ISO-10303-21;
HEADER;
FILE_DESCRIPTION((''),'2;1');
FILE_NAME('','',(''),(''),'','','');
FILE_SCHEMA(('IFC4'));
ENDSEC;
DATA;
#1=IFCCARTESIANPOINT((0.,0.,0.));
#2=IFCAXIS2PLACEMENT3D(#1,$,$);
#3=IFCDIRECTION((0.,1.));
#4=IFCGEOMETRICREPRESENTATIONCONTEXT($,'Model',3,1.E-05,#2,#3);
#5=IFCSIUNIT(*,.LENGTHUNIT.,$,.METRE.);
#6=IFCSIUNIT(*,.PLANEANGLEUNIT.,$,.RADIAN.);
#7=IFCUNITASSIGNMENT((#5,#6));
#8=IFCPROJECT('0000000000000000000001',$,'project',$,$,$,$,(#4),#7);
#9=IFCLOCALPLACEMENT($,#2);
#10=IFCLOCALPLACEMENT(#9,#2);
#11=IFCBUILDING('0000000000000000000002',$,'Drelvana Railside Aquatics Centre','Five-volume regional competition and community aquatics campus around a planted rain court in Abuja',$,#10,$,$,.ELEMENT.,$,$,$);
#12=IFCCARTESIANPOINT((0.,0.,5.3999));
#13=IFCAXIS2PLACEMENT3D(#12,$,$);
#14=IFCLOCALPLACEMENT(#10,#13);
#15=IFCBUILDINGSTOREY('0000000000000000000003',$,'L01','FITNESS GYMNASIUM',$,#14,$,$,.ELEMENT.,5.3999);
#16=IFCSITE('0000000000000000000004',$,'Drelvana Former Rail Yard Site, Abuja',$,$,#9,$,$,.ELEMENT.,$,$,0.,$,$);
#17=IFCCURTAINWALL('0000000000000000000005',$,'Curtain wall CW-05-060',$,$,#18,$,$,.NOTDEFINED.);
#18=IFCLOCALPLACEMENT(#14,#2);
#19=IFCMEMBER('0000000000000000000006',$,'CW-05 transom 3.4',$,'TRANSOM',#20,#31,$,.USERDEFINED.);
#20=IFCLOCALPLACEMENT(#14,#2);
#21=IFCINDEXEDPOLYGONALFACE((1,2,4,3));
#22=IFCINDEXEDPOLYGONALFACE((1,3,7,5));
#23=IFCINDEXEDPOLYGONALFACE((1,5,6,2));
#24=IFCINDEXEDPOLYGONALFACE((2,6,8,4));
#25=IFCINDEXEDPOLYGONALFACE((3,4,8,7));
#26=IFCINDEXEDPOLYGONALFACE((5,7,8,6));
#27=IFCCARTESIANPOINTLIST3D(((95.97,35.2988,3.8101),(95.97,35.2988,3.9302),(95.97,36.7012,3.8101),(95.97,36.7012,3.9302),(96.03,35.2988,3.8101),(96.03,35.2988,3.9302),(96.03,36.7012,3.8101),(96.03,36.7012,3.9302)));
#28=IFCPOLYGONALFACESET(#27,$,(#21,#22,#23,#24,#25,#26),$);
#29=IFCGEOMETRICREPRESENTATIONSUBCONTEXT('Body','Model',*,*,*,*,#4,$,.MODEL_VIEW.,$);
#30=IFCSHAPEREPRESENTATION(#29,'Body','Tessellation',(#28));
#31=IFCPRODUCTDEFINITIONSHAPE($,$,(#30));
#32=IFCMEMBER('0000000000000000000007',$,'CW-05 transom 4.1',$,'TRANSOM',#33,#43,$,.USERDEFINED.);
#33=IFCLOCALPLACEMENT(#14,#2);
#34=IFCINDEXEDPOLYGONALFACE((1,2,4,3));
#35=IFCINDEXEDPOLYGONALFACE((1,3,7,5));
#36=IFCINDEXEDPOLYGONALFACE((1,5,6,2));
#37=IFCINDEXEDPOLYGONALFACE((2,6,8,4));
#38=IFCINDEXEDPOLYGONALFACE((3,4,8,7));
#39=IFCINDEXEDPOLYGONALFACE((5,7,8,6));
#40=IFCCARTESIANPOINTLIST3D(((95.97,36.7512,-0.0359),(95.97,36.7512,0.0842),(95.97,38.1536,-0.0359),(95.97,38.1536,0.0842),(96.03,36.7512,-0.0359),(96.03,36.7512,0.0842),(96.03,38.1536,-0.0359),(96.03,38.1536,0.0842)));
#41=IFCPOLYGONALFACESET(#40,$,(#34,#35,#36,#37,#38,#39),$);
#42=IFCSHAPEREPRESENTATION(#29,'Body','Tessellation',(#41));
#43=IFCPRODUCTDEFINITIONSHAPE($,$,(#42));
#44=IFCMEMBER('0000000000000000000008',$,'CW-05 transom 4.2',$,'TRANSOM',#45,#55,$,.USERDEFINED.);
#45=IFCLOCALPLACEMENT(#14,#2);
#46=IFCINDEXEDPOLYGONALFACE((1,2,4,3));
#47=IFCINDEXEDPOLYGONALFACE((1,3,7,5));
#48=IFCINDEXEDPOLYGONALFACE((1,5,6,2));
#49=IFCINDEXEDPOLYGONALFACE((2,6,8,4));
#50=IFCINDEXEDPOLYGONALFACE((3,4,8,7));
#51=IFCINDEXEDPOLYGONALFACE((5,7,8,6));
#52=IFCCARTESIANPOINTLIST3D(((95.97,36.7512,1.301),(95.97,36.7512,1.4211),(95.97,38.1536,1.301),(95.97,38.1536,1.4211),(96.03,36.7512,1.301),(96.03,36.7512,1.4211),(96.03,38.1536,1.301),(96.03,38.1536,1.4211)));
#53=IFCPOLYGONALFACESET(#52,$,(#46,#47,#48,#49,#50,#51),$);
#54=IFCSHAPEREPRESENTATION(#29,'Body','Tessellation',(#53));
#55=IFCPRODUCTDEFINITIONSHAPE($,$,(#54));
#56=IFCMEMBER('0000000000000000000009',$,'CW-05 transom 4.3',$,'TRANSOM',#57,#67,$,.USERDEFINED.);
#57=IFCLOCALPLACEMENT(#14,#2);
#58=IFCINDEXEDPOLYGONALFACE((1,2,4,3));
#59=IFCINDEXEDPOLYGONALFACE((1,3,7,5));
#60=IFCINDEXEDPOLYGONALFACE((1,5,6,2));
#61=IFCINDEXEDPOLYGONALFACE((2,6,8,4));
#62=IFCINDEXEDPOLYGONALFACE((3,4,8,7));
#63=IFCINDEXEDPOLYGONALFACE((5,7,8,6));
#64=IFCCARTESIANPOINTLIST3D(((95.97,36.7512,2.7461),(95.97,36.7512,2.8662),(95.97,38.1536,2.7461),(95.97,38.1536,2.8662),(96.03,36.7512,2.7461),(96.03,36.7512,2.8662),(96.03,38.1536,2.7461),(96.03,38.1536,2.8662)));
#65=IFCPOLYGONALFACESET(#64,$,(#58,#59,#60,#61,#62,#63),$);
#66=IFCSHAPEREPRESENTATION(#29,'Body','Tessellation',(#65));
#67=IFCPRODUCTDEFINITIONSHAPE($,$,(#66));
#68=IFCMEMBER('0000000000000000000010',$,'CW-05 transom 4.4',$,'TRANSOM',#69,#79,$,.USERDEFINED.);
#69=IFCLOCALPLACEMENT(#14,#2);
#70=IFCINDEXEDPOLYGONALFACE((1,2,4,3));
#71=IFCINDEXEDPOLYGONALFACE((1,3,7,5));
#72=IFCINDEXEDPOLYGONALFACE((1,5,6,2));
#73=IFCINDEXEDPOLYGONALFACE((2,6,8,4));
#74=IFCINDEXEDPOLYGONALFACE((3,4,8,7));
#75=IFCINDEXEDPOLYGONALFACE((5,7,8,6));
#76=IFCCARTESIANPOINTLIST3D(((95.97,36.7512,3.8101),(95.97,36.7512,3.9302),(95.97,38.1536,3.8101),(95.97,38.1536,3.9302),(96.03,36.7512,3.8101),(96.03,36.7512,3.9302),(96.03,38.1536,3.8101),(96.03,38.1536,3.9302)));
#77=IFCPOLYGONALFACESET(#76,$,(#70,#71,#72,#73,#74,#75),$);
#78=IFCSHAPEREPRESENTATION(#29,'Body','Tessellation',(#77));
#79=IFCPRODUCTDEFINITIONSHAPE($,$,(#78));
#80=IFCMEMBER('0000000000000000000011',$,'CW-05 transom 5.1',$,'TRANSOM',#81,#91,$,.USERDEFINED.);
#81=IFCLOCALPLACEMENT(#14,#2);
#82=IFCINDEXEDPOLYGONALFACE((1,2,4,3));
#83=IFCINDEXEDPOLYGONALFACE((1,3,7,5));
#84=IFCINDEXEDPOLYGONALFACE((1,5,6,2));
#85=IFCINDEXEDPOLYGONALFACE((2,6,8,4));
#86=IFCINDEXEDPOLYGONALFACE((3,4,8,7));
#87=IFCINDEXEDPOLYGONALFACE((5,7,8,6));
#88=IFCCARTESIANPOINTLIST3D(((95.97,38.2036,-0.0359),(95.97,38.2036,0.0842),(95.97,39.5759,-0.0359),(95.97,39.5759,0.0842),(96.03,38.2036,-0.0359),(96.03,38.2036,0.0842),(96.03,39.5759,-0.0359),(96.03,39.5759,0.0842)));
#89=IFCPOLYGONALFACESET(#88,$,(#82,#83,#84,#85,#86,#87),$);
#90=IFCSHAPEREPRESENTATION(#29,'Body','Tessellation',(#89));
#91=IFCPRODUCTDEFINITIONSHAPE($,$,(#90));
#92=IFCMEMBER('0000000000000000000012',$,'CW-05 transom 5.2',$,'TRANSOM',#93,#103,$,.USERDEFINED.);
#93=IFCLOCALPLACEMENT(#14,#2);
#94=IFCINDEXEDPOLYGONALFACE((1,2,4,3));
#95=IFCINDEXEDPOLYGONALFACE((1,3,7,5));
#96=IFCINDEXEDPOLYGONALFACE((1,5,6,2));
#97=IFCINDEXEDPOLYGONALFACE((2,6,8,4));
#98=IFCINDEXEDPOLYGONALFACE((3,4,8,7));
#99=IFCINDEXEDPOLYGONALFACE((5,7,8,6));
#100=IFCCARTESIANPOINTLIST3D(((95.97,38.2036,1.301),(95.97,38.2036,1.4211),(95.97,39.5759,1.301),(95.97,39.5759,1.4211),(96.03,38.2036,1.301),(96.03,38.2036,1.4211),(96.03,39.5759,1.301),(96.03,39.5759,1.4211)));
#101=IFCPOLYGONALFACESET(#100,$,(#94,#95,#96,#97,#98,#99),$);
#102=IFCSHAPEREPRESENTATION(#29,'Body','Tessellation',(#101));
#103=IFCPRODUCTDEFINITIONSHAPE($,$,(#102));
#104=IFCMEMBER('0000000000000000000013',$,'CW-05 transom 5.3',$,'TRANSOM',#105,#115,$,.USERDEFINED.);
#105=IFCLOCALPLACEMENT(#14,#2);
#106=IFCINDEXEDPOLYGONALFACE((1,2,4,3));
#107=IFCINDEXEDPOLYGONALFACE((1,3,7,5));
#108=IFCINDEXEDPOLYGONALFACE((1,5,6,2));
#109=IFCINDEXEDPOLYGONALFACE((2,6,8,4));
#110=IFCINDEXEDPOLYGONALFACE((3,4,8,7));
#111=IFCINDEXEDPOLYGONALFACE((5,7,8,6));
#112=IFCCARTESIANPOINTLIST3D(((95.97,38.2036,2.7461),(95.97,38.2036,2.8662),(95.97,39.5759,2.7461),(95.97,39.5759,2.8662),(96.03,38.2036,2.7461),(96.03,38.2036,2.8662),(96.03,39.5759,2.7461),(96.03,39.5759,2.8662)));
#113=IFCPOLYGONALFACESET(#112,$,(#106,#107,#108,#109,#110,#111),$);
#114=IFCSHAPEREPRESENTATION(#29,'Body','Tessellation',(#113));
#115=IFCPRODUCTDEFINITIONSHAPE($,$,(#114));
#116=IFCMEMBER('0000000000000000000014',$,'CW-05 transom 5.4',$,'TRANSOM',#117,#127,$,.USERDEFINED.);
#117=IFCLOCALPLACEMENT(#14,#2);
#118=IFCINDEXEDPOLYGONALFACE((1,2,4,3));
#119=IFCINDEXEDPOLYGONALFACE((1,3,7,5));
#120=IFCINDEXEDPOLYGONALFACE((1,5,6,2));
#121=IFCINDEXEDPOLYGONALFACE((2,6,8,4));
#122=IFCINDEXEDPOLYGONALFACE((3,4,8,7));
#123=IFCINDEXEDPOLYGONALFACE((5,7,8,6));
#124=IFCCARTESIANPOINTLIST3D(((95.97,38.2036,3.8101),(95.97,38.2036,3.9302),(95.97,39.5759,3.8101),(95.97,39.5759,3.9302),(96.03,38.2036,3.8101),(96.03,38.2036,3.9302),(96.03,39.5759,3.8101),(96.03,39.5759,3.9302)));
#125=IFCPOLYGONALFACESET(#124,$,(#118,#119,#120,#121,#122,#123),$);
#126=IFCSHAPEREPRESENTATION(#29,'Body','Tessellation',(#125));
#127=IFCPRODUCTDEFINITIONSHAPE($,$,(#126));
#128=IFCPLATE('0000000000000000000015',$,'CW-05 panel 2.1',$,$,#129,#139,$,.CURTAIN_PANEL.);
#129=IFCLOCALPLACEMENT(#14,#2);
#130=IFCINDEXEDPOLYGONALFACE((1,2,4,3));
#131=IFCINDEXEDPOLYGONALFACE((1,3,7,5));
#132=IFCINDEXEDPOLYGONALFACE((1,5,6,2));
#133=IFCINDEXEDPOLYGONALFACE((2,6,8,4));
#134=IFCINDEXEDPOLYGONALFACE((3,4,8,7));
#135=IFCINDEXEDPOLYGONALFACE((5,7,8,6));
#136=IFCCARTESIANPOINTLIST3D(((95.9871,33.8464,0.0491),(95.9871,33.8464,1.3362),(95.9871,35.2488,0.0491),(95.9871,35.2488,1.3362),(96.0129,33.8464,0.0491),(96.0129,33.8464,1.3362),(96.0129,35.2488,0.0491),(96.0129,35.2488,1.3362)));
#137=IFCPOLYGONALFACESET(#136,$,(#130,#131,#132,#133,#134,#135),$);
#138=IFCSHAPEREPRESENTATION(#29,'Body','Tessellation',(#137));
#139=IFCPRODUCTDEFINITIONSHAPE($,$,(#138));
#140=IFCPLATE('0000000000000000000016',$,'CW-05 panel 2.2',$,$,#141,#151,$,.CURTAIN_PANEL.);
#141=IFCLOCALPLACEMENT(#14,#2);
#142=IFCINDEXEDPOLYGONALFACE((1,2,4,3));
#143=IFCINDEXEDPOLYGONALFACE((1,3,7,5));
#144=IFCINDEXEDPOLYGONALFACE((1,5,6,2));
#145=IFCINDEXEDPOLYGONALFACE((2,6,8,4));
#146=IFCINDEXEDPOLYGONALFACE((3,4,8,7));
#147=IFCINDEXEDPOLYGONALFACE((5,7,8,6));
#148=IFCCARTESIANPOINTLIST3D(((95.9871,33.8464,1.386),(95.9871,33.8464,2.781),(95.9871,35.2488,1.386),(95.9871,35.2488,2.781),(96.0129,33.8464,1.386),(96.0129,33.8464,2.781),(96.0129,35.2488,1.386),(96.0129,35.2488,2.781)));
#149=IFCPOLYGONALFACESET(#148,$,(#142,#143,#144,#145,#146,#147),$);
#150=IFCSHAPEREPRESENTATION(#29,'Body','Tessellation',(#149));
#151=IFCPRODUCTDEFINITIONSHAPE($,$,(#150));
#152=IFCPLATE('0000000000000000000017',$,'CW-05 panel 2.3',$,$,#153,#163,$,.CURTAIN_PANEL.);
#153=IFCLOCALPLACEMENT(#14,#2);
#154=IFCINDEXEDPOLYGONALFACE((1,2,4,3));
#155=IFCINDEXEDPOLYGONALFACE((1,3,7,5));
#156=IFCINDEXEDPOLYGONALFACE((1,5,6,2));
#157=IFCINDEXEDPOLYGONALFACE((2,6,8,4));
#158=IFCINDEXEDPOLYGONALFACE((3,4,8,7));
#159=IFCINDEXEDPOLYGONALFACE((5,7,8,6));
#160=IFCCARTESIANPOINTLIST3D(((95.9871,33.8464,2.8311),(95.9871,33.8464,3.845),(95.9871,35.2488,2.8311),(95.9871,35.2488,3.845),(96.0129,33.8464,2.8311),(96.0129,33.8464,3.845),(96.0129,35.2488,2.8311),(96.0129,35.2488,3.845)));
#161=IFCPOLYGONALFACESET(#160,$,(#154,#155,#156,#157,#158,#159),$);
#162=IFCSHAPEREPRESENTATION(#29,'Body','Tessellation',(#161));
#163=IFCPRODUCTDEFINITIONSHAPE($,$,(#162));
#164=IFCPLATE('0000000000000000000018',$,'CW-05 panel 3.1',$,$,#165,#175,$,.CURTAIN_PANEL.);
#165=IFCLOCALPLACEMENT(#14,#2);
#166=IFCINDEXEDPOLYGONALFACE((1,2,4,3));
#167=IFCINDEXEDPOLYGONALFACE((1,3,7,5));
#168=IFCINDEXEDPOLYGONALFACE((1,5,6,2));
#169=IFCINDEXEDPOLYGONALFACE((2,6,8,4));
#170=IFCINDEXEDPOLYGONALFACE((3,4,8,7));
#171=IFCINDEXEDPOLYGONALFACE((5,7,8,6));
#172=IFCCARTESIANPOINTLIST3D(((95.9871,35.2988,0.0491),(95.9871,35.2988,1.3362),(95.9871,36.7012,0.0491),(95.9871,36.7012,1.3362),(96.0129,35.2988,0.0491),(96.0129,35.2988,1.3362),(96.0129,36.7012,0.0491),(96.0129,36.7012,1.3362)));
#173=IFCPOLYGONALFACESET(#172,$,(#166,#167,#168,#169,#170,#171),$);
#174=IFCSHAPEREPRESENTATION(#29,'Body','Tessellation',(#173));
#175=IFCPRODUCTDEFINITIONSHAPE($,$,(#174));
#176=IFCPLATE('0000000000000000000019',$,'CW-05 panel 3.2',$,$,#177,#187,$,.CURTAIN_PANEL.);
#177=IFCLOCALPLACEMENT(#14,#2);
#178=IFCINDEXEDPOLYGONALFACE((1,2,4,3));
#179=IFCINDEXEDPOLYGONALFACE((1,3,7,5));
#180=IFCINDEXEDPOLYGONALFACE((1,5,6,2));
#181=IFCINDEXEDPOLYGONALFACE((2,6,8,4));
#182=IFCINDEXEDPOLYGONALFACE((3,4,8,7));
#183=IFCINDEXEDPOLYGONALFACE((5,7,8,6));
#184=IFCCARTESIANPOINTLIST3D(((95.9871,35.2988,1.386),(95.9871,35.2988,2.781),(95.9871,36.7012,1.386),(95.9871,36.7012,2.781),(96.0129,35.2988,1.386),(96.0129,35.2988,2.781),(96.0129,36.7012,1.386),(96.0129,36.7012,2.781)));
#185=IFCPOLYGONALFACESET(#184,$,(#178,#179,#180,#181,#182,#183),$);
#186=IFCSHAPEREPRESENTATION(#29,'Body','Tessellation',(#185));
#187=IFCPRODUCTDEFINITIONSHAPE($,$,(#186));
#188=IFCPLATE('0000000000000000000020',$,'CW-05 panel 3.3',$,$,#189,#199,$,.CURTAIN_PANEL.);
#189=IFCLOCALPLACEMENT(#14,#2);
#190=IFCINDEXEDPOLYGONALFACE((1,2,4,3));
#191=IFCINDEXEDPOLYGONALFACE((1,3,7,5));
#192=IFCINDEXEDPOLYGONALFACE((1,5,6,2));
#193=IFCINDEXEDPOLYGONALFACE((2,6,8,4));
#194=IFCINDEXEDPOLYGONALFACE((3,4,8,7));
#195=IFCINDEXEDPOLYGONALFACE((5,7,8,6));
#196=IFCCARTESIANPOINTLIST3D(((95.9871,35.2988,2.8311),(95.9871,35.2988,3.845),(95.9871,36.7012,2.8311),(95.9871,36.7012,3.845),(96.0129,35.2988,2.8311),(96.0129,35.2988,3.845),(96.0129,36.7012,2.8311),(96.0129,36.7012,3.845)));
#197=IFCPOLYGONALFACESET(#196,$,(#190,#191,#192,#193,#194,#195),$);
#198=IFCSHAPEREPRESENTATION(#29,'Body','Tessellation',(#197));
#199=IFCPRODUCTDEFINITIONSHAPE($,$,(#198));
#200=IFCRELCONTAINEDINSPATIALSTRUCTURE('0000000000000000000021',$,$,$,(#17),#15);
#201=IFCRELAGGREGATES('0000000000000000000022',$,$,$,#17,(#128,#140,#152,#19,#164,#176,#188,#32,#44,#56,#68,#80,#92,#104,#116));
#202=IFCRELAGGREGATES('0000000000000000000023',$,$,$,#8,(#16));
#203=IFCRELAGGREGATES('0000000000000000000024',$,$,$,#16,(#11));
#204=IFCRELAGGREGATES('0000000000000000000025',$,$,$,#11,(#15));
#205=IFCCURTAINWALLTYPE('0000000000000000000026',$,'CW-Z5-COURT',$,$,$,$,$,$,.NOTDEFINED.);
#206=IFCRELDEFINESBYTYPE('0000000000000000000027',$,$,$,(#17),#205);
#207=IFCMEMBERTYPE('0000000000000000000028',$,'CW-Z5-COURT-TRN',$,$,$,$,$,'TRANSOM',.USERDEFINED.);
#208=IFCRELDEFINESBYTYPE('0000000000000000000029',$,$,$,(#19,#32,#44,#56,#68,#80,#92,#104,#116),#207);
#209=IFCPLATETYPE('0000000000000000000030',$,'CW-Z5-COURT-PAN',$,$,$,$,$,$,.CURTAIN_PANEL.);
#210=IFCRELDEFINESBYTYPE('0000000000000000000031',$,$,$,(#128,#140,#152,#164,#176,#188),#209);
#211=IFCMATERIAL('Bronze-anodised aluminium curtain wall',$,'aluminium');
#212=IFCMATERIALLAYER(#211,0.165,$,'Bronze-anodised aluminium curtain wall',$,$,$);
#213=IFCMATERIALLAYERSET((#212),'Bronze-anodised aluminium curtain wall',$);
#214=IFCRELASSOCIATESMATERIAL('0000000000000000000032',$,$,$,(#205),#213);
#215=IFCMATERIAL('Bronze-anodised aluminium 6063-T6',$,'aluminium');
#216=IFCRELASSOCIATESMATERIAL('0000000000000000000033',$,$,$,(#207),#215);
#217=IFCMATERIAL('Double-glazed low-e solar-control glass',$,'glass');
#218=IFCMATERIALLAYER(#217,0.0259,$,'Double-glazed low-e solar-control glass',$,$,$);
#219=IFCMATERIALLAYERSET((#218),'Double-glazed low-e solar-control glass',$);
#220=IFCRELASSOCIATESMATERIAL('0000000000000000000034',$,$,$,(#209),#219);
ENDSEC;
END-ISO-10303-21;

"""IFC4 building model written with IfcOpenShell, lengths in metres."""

from ifc_helpers import new_model, si_unit, direction, frame, origin, origin_2d, place, context, subcontext, project, spatial, rectangle, extrude, material, layer, layer_set, material_profile, profile_set, type_object, element, aggregate, save


model = new_model("IFC4")

# Units and contexts
model_context = context("Model", 3, precision=1e-05, world=origin(), true_north=direction((0.0, 1.0)))
body_context = subcontext(model_context, "Body", "Model", "MODEL_VIEW")
ifc_project = project(units=[si_unit("LENGTHUNIT", "METRE"), si_unit("PLANEANGLEUNIT", "RADIAN")], contexts=[model_context])

# Site, building, storey
site_placement = place(None, origin())
site = spatial("IfcSite", under=ifc_project, at=site_placement, Name="Drelvana Former Rail Yard Site, Abuja", CompositionType="ELEMENT", RefElevation=0.0)
building_placement = place(site_placement, origin())
building = spatial("IfcBuilding", under=site, at=building_placement, Name="Drelvana Railside Aquatics Centre", Description="Five-volume regional competition and community aquatics campus around a planted rain court in Abuja", CompositionType="ELEMENT")
storey_placement = place(building_placement, frame((0.0, 0.0, 5.3999)))
storey = spatial("IfcBuildingStorey", under=building, at=storey_placement, Name="L01", Description="FITNESS GYMNASIUM", CompositionType="ELEMENT", Elevation=5.3999)

# Curtain wall
ifc_material_1 = material(Name="Bronze-anodised aluminium curtain wall", Category="aluminium")
ifc_layer_1 = layer(ifc_material_1, 0.165, Name="Bronze-anodised aluminium curtain wall")
ifc_layer_set_1 = layer_set([ifc_layer_1], Name="Bronze-anodised aluminium curtain wall")
curtain_wall_type = type_object("IfcCurtainWallType", Name="CW-Z5-COURT", PredefinedType="NOTDEFINED", material=ifc_layer_set_1)
curtain_wall_1_placement = place(storey_placement, origin())
curtain_wall_1 = element("IfcCurtainWall", 1, at=curtain_wall_1_placement, inside=storey, type_object=curtain_wall_type, Name="Curtain wall CW-05-060", PredefinedType="NOTDEFINED")
ifc_material_2 = material(Name="Bronze-anodised aluminium 6063-T6", Category="aluminium")

# Members
ifc_material_profile_1 = material_profile(ifc_material_2, rectangle(XDim=0.1201, YDim=0.0601, at=origin_2d()), Name="ALU-T 60x120")
ifc_profile_set_1 = profile_set([ifc_material_profile_1], Name="Bronze-anodised aluminium 6063-T6")
member_type_1 = type_object("IfcMemberType", Name="CW-Z5-COURT-TRN", ElementType="TRANSOM", PredefinedType="USERDEFINED", material=ifc_profile_set_1)
member_1_placement = place(storey_placement, frame((96.0, 35.2988, 3.8701), z_axis=(0.0, 1.0, 0.0), x_axis=(0.0, 0.0, 1.0)))
member_1 = element("IfcMember", 2, at=member_1_placement, type_object=member_type_1, Name="CW-05 transom 3.4", ObjectType="TRANSOM", PredefinedType="USERDEFINED", context=body_context, shape_type="SweptSolid", body=[
    extrude(rectangle(XDim=0.1201, YDim=0.0601, at=origin_2d()), origin(), (0.0, 0.0, 1.0), 1.4023),
])
member_2_placement = place(storey_placement, frame((96.0, 36.7512, 0.0242), z_axis=(0.0, 1.0, 0.0), x_axis=(0.0, 0.0, 1.0)))
member_2 = element("IfcMember", 3, at=member_2_placement, type_object=member_type_1, Name="CW-05 transom 4.1", ObjectType="TRANSOM", PredefinedType="USERDEFINED", context=body_context, shape_type="SweptSolid", body=[
    extrude(rectangle(XDim=0.1201, YDim=0.0601, at=origin_2d()), origin(), (0.0, 0.0, 1.0), 1.4023),
])
member_3_placement = place(storey_placement, frame((96.0, 36.7512, 1.3611), z_axis=(0.0, 1.0, 0.0), x_axis=(0.0, 0.0, 1.0)))
member_3 = element("IfcMember", 4, at=member_3_placement, type_object=member_type_1, Name="CW-05 transom 4.2", ObjectType="TRANSOM", PredefinedType="USERDEFINED", context=body_context, shape_type="SweptSolid", body=[
    extrude(rectangle(XDim=0.1201, YDim=0.0601, at=origin_2d()), origin(), (0.0, 0.0, 1.0), 1.4023),
])
member_4_placement = place(storey_placement, frame((96.0, 36.7512, 2.8062), z_axis=(0.0, 1.0, 0.0), x_axis=(0.0, 0.0, 1.0)))
member_4 = element("IfcMember", 5, at=member_4_placement, type_object=member_type_1, Name="CW-05 transom 4.3", ObjectType="TRANSOM", PredefinedType="USERDEFINED", context=body_context, shape_type="SweptSolid", body=[
    extrude(rectangle(XDim=0.1201, YDim=0.0601, at=origin_2d()), origin(), (0.0, 0.0, 1.0), 1.4023),
])
member_5_placement = place(storey_placement, frame((96.0, 36.7512, 3.8701), z_axis=(0.0, 1.0, 0.0), x_axis=(0.0, 0.0, 1.0)))
member_5 = element("IfcMember", 6, at=member_5_placement, type_object=member_type_1, Name="CW-05 transom 4.4", ObjectType="TRANSOM", PredefinedType="USERDEFINED", context=body_context, shape_type="SweptSolid", body=[
    extrude(rectangle(XDim=0.1201, YDim=0.0601, at=origin_2d()), origin(), (0.0, 0.0, 1.0), 1.4023),
])
member_6_placement = place(storey_placement, frame((96.0, 38.2036, 0.0242), z_axis=(0.0, 1.0, 0.0), x_axis=(0.0, 0.0, 1.0)))
member_6 = element("IfcMember", 7, at=member_6_placement, type_object=member_type_1, Name="CW-05 transom 5.1", ObjectType="TRANSOM", PredefinedType="USERDEFINED", context=body_context, shape_type="SweptSolid", body=[
    extrude(rectangle(XDim=0.1201, YDim=0.0601, at=origin_2d()), origin(), (0.0, 0.0, 1.0), 1.3723),
])
member_7_placement = place(storey_placement, frame((96.0, 38.2036, 1.3611), z_axis=(0.0, 1.0, 0.0), x_axis=(0.0, 0.0, 1.0)))
member_7 = element("IfcMember", 8, at=member_7_placement, type_object=member_type_1, Name="CW-05 transom 5.2", ObjectType="TRANSOM", PredefinedType="USERDEFINED", context=body_context, shape_type="SweptSolid", body=[
    extrude(rectangle(XDim=0.1201, YDim=0.0601, at=origin_2d()), origin(), (0.0, 0.0, 1.0), 1.3723),
])
member_8_placement = place(storey_placement, frame((96.0, 38.2036, 2.8062), z_axis=(0.0, 1.0, 0.0), x_axis=(0.0, 0.0, 1.0)))
member_8 = element("IfcMember", 9, at=member_8_placement, type_object=member_type_1, Name="CW-05 transom 5.3", ObjectType="TRANSOM", PredefinedType="USERDEFINED", context=body_context, shape_type="SweptSolid", body=[
    extrude(rectangle(XDim=0.1201, YDim=0.0601, at=origin_2d()), origin(), (0.0, 0.0, 1.0), 1.3723),
])
member_9_placement = place(storey_placement, frame((96.0, 38.2036, 3.8701), z_axis=(0.0, 1.0, 0.0), x_axis=(0.0, 0.0, 1.0)))
member_9 = element("IfcMember", 10, at=member_9_placement, type_object=member_type_1, Name="CW-05 transom 5.4", ObjectType="TRANSOM", PredefinedType="USERDEFINED", context=body_context, shape_type="SweptSolid", body=[
    extrude(rectangle(XDim=0.1201, YDim=0.0601, at=origin_2d()), origin(), (0.0, 0.0, 1.0), 1.3723),
])

# Plates
ifc_material_3 = material(Name="Double-glazed low-e solar-control glass", Category="glass")
ifc_layer_2 = layer(ifc_material_3, 0.0259, Name="Double-glazed low-e solar-control glass")
ifc_layer_set_2 = layer_set([ifc_layer_2], Name="Double-glazed low-e solar-control glass")
plate_type = type_object("IfcPlateType", Name="CW-Z5-COURT-PAN", PredefinedType="CURTAIN_PANEL", material=ifc_layer_set_2)
plate_1_placement = place(storey_placement, frame((96.0, 34.5476, 0.0491), z_axis=(0.0, 0.0, 1.0), x_axis=(0.0, 1.0, 0.0)))
plate_1 = element("IfcPlate", 11, at=plate_1_placement, type_object=plate_type, Name="CW-05 panel 2.1", PredefinedType="CURTAIN_PANEL", context=body_context, shape_type="SweptSolid", body=[
    extrude(rectangle(XDim=1.4023, YDim=0.0259, at=origin_2d()), origin(), (0.0, 0.0, 1.0), 1.2871),
])
plate_2_placement = place(storey_placement, frame((96.0, 34.5476, 1.386), z_axis=(0.0, 0.0, 1.0), x_axis=(0.0, 1.0, 0.0)))
plate_2 = element("IfcPlate", 12, at=plate_2_placement, type_object=plate_type, Name="CW-05 panel 2.2", PredefinedType="CURTAIN_PANEL", context=body_context, shape_type="SweptSolid", body=[
    extrude(rectangle(XDim=1.4023, YDim=0.0259, at=origin_2d()), origin(), (0.0, 0.0, 1.0), 1.395),
])
plate_3_placement = place(storey_placement, frame((96.0, 34.5476, 2.8311), z_axis=(0.0, 0.0, 1.0), x_axis=(0.0, 1.0, 0.0)))
plate_3 = element("IfcPlate", 13, at=plate_3_placement, type_object=plate_type, Name="CW-05 panel 2.3", PredefinedType="CURTAIN_PANEL", context=body_context, shape_type="SweptSolid", body=[
    extrude(rectangle(XDim=1.4023, YDim=0.0259, at=origin_2d()), origin(), (0.0, 0.0, 1.0), 1.0139),
])
plate_4_placement = place(storey_placement, frame((96.0, 36.0, 0.0491), z_axis=(0.0, 0.0, 1.0), x_axis=(0.0, 1.0, 0.0)))
plate_4 = element("IfcPlate", 14, at=plate_4_placement, type_object=plate_type, Name="CW-05 panel 3.1", PredefinedType="CURTAIN_PANEL", context=body_context, shape_type="SweptSolid", body=[
    extrude(rectangle(XDim=1.4023, YDim=0.0259, at=origin_2d()), origin(), (0.0, 0.0, 1.0), 1.2871),
])
plate_5_placement = place(storey_placement, frame((96.0, 36.0, 1.386), z_axis=(0.0, 0.0, 1.0), x_axis=(0.0, 1.0, 0.0)))
plate_5 = element("IfcPlate", 15, at=plate_5_placement, type_object=plate_type, Name="CW-05 panel 3.2", PredefinedType="CURTAIN_PANEL", context=body_context, shape_type="SweptSolid", body=[
    extrude(rectangle(XDim=1.4023, YDim=0.0259, at=origin_2d()), origin(), (0.0, 0.0, 1.0), 1.395),
])
plate_6_placement = place(storey_placement, frame((96.0, 36.0, 2.8311), z_axis=(0.0, 0.0, 1.0), x_axis=(0.0, 1.0, 0.0)))
plate_6 = element("IfcPlate", 16, at=plate_6_placement, type_object=plate_type, Name="CW-05 panel 3.3", PredefinedType="CURTAIN_PANEL", context=body_context, shape_type="SweptSolid", body=[
    extrude(rectangle(XDim=1.4023, YDim=0.0259, at=origin_2d()), origin(), (0.0, 0.0, 1.0), 1.0139),
])
aggregate(curtain_wall_1, [plate_1, plate_2, plate_3, member_1, plate_4, plate_5, plate_6, member_2, member_3, member_4, member_5, member_6, member_7, member_8, member_9])

save(model, "model.ifc")
